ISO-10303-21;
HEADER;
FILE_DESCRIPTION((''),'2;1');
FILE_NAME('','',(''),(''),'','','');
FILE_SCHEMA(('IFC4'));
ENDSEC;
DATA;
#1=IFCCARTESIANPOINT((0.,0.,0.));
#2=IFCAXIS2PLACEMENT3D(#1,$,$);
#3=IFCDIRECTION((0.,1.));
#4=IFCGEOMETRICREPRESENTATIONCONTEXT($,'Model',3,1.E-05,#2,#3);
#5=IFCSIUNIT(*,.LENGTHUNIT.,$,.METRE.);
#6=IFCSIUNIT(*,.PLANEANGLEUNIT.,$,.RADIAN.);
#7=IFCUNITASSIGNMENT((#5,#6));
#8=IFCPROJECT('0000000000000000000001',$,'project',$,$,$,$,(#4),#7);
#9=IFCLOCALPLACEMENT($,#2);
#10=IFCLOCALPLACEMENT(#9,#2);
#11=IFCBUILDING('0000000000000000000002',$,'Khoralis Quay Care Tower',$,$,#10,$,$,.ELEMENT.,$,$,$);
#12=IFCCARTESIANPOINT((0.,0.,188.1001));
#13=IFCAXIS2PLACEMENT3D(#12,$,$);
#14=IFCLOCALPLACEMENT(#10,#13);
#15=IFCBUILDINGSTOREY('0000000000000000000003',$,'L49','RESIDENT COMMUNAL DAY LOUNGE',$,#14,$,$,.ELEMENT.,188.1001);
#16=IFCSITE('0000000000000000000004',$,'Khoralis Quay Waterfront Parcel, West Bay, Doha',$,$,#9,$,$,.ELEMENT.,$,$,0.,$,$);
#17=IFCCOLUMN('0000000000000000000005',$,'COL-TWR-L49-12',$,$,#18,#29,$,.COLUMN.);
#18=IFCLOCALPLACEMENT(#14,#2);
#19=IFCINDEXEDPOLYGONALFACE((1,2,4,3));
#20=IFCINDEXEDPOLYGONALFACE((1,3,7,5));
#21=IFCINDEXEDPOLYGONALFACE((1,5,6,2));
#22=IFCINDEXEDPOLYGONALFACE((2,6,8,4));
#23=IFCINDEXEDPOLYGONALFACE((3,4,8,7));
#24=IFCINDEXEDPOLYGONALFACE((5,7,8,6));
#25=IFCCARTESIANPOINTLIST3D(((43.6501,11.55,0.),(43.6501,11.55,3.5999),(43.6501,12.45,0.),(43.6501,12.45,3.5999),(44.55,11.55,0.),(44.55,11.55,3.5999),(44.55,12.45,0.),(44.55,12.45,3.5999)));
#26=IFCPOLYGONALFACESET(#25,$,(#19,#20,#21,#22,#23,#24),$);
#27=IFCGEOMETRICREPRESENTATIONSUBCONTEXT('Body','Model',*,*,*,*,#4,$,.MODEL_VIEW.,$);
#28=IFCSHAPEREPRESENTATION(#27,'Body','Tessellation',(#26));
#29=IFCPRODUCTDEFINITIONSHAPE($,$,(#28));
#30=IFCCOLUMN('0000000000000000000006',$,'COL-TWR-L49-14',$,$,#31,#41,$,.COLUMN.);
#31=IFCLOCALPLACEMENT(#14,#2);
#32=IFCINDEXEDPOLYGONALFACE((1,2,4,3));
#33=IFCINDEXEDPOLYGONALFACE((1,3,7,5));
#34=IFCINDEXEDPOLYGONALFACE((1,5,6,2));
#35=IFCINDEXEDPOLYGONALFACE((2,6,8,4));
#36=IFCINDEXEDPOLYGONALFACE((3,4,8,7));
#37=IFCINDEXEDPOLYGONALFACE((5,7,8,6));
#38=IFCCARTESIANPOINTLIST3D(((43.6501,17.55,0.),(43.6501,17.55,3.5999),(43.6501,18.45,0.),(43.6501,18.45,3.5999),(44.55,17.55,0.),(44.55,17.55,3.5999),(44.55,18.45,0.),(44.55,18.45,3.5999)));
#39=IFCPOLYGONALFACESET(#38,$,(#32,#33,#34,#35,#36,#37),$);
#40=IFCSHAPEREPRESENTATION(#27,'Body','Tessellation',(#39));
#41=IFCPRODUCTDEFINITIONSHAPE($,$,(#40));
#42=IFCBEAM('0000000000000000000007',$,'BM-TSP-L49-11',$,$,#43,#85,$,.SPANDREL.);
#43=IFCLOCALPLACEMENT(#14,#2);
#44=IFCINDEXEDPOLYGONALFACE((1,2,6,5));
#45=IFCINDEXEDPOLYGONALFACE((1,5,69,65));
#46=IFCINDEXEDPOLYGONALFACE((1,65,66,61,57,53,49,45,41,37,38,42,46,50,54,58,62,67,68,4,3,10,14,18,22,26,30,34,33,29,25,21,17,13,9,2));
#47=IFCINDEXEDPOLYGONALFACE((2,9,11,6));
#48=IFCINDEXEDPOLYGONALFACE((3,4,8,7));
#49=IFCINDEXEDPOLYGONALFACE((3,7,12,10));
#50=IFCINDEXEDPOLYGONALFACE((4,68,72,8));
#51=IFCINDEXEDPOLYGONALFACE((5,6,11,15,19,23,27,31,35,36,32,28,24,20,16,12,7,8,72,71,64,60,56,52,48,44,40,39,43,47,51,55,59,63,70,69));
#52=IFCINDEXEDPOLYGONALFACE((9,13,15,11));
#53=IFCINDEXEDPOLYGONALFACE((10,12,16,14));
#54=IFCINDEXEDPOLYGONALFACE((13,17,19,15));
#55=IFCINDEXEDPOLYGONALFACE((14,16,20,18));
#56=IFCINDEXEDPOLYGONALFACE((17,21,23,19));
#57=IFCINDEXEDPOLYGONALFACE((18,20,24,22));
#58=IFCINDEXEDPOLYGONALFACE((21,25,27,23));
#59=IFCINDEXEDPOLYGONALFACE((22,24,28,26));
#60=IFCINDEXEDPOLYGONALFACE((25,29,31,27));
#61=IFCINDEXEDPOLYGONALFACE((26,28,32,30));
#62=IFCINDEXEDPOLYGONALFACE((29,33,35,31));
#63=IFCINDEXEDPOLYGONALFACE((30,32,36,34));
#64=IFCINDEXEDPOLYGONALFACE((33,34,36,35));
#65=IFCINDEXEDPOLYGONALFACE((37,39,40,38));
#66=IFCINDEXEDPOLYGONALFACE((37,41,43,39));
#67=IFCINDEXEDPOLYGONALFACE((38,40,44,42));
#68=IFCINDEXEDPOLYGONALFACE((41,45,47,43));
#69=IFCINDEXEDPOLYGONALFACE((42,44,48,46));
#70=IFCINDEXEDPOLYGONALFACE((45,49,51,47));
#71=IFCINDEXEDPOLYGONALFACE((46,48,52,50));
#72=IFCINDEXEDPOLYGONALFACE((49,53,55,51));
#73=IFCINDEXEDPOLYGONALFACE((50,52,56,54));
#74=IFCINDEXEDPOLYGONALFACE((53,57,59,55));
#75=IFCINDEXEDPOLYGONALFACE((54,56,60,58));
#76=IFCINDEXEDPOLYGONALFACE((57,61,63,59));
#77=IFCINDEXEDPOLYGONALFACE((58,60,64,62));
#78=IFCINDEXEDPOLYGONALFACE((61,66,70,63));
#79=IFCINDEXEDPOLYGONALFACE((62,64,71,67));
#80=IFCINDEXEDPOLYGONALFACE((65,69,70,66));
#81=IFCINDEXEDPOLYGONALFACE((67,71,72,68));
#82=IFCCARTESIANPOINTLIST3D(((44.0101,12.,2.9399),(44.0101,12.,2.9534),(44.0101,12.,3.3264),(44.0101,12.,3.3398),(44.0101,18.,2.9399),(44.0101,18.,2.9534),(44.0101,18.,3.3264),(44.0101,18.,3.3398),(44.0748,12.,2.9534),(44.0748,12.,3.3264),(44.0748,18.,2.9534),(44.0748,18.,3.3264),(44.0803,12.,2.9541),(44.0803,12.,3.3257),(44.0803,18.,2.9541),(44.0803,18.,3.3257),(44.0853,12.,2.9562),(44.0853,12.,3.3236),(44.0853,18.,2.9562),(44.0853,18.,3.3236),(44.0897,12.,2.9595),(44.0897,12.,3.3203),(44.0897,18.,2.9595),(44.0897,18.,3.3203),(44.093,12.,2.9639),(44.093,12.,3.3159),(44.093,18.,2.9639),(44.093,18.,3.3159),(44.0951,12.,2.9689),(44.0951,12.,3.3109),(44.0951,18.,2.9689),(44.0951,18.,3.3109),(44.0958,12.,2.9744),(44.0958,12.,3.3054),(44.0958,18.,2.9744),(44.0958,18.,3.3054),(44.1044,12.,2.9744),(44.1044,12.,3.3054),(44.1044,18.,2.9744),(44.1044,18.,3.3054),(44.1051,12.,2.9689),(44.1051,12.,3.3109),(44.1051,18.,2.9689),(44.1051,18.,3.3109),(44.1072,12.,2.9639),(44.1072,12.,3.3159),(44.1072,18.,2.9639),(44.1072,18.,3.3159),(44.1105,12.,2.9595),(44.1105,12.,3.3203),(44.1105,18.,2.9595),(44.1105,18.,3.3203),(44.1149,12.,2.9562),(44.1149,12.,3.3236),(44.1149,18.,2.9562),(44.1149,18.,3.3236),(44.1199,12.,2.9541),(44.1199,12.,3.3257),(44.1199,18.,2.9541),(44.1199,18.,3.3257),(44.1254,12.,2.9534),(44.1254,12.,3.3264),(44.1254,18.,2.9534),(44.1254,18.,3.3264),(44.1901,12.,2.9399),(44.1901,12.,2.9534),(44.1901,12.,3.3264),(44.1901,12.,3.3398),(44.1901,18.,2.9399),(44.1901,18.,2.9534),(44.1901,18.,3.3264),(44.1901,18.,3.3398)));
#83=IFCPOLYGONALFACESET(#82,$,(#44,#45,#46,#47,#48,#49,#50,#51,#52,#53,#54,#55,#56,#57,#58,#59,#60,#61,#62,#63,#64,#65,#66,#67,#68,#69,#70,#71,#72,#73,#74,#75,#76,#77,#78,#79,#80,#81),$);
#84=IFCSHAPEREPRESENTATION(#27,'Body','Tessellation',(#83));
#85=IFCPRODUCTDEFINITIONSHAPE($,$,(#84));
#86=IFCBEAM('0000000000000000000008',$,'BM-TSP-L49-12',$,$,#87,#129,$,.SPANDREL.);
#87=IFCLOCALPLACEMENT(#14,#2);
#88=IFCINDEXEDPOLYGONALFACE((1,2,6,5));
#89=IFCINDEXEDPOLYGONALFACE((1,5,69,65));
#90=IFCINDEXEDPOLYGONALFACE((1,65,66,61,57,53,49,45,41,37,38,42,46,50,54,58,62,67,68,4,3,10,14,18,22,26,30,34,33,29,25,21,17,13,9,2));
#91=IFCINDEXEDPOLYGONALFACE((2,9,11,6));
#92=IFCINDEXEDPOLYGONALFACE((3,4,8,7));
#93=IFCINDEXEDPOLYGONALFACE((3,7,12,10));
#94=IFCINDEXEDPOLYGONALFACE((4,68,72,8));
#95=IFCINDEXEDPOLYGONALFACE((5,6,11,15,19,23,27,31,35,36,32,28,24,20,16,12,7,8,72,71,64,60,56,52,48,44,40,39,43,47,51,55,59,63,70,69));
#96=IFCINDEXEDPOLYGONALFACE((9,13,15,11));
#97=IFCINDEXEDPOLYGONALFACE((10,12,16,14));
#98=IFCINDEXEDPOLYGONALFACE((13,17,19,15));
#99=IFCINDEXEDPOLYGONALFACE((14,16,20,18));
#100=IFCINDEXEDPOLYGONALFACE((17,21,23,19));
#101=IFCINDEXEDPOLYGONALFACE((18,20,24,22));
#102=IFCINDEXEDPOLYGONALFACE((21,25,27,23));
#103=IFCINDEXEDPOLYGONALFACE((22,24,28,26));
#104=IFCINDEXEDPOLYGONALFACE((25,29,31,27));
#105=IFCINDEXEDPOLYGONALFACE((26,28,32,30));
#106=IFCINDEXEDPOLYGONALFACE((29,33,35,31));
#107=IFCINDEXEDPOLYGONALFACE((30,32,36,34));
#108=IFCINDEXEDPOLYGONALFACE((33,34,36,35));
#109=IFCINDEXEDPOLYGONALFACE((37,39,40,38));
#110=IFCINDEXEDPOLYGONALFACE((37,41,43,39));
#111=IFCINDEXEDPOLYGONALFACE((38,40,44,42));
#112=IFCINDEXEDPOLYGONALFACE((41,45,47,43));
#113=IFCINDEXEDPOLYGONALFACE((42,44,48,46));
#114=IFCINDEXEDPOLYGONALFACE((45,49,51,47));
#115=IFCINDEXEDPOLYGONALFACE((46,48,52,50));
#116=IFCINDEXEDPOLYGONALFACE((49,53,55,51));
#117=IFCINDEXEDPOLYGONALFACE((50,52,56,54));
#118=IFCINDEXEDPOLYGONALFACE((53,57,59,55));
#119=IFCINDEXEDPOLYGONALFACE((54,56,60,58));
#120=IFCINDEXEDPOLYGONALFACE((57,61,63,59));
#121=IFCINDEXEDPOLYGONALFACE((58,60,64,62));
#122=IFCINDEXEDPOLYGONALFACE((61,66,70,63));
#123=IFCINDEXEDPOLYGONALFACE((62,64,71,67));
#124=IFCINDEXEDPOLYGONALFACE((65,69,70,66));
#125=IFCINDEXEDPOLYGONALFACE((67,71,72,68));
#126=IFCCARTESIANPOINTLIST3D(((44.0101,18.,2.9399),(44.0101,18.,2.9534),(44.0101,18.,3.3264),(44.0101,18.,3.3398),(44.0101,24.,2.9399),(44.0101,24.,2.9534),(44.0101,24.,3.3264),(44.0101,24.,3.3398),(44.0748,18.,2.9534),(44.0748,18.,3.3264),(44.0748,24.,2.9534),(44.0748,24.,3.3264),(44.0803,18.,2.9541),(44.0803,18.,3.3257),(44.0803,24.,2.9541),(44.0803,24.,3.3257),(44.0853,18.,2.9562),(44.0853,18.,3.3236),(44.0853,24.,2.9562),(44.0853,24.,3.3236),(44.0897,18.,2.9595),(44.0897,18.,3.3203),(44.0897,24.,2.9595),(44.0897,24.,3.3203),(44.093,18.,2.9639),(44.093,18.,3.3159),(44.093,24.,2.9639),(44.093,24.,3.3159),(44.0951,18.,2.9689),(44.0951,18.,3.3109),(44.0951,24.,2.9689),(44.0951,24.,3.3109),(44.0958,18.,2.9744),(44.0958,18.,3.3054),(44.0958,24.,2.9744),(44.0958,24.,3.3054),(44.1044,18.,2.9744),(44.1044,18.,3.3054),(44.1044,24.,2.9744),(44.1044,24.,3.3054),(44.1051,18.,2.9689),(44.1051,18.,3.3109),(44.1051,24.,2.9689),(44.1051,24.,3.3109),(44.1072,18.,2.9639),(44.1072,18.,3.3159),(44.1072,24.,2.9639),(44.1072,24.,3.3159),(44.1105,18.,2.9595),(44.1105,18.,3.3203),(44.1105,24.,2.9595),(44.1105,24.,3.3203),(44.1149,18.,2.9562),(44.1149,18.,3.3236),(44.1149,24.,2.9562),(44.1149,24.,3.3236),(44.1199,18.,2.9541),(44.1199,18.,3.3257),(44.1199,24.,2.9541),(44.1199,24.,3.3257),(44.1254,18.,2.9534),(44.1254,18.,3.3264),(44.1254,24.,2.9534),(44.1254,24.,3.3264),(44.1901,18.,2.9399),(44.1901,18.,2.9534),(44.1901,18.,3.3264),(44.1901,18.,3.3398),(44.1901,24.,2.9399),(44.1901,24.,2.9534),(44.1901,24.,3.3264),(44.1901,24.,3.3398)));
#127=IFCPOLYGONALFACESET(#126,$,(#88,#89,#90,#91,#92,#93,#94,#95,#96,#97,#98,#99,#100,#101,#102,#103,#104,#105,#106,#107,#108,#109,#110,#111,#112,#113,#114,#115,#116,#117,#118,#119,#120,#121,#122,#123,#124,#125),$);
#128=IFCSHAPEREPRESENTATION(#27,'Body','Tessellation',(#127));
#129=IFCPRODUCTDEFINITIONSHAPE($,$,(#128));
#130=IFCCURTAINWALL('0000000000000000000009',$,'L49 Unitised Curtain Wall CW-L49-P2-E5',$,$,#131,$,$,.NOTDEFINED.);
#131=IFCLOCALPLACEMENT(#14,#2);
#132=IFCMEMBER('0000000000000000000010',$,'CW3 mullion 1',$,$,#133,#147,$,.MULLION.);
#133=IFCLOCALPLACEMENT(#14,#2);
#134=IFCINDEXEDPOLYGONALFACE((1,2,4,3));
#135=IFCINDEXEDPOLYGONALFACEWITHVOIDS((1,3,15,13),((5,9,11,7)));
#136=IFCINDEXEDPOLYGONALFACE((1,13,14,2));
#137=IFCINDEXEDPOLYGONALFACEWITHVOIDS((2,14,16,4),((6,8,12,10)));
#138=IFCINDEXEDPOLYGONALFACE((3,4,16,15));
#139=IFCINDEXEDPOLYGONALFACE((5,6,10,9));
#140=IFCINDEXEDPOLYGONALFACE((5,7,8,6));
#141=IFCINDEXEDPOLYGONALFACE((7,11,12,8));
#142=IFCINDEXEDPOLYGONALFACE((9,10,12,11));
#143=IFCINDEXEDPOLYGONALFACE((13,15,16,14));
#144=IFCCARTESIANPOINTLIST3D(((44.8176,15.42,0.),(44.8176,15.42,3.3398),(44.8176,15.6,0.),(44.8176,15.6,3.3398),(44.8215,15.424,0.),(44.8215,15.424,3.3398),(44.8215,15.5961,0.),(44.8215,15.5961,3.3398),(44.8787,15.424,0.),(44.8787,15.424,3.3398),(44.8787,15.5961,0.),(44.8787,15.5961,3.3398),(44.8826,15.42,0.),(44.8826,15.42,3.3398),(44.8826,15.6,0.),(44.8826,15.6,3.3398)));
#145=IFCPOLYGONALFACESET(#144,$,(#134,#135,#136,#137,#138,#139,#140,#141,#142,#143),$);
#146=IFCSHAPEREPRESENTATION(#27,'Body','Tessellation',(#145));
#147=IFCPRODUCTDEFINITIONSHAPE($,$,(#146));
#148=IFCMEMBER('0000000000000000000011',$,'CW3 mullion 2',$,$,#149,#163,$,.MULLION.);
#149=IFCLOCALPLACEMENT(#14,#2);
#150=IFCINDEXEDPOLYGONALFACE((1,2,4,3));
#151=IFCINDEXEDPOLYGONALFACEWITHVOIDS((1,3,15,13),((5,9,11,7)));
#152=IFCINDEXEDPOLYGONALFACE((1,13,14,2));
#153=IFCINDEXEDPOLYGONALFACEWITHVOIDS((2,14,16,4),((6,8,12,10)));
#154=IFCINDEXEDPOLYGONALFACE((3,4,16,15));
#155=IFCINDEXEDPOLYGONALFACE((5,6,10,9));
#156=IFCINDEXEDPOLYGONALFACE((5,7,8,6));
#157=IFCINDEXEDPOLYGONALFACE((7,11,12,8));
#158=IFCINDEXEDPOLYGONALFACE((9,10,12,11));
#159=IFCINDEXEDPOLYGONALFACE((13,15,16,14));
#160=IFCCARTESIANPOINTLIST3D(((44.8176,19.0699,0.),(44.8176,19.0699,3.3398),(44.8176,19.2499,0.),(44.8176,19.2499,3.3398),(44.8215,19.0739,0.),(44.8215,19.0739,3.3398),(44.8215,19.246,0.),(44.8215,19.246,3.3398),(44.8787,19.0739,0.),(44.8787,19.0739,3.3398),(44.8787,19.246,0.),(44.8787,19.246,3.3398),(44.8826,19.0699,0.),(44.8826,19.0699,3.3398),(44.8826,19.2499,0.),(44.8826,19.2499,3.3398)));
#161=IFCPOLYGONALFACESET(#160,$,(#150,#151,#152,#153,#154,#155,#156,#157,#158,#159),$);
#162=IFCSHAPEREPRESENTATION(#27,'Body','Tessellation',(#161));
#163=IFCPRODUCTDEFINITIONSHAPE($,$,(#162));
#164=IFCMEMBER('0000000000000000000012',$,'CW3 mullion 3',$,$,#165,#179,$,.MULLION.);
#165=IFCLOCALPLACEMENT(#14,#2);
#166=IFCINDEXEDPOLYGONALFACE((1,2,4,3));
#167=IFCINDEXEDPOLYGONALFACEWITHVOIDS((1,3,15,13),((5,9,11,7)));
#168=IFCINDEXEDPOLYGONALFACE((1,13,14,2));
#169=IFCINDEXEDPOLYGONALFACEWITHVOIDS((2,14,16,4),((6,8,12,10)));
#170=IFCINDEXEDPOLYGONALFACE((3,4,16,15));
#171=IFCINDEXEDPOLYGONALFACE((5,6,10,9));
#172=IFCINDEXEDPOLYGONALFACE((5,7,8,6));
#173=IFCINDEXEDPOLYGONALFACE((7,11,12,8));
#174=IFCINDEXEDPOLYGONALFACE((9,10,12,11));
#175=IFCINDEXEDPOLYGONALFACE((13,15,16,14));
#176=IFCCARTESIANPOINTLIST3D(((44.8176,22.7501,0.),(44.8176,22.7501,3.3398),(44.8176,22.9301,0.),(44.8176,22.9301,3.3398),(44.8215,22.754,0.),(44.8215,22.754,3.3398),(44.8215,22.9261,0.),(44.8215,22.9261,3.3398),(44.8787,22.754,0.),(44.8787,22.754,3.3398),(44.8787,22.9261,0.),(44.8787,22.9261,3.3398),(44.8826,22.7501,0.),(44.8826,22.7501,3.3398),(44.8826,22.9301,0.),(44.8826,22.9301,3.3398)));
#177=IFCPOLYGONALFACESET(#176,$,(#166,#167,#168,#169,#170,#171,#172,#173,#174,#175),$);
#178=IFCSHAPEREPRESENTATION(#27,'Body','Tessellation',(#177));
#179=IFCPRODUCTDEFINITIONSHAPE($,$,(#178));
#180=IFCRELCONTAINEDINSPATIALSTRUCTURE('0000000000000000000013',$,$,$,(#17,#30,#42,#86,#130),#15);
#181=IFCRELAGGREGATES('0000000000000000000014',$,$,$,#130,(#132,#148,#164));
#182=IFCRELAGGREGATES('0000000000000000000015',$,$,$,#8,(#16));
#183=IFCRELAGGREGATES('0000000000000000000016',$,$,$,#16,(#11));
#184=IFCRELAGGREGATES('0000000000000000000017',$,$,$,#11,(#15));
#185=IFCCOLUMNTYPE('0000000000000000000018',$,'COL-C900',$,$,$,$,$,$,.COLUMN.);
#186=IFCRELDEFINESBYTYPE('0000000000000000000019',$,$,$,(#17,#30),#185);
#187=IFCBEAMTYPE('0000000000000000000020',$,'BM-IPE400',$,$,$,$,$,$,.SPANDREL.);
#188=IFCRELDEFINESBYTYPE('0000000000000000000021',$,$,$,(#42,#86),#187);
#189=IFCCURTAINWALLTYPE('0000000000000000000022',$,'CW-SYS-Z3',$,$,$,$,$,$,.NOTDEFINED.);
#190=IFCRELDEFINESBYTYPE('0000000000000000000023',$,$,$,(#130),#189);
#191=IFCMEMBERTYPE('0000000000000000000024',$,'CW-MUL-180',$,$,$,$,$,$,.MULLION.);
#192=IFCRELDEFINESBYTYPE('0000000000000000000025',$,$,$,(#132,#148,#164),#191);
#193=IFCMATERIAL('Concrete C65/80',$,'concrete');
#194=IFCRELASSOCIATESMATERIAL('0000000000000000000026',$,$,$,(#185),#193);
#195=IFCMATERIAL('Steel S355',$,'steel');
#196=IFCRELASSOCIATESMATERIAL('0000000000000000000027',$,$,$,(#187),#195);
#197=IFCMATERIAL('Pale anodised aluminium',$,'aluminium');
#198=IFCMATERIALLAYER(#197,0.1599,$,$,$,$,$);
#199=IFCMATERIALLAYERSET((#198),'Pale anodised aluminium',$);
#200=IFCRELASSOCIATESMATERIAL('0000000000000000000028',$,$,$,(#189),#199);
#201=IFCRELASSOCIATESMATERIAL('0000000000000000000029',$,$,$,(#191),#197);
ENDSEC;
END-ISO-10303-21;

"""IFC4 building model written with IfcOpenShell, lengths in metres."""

from ifc_helpers import new_model, si_unit, direction, frame, origin, origin_2d, place, context, subcontext, project, spatial, rectangle, hollow_rectangle, i_section, extrude, source, transform, mapped, material, layer, layer_set, material_profile, profile_set, type_object, element, aggregate, save


model = new_model("IFC4")

# Units and contexts
model_context = context("Model", 3, precision=1e-05, world=origin(), true_north=direction((0.0, 1.0)))
body_context = subcontext(model_context, "Body", "Model", "MODEL_VIEW")
ifc_project = project(units=[si_unit("LENGTHUNIT", "METRE"), si_unit("PLANEANGLEUNIT", "RADIAN")], contexts=[model_context])

# Site, building, storey
site_placement = place(None, origin())
site = spatial("IfcSite", under=ifc_project, at=site_placement, Name="Khoralis Quay Waterfront Parcel, West Bay, Doha", CompositionType="ELEMENT", RefElevation=0.0)
building_placement = place(site_placement, origin())
building = spatial("IfcBuilding", under=site, at=building_placement, Name="Khoralis Quay Care Tower", CompositionType="ELEMENT")
storey_placement = place(building_placement, frame((0.0, 0.0, 188.1001)))
storey = spatial("IfcBuildingStorey", under=building, at=storey_placement, Name="L49", Description="RESIDENT COMMUNAL DAY LOUNGE", CompositionType="ELEMENT", Elevation=188.1001)

# Columns
ifc_material_1 = material(Name="Concrete C65/80", Category="concrete")
ifc_material_profile_1 = material_profile(ifc_material_1, rectangle(XDim=0.8999, YDim=0.8999, at=origin_2d()), Name="Concrete C65/80")
ifc_profile_set_1 = profile_set([ifc_material_profile_1], Name="Concrete C65/80")
column_type = type_object("IfcColumnType", Name="COL-C900", PredefinedType="COLUMN", material=ifc_profile_set_1)
shared_shape_1 = source(origin(), body_context, "Body", "SweptSolid", [
    extrude(rectangle(XDim=0.8999, YDim=0.8999, at=origin_2d()), origin(), (0.0, 0.0, 1.0), 3.5999),
])
for number, where, z_axis, x_axis, name in (
    (1, (44.1001, 12.0, 0.0), (0.0, 0.0, 1.0), (1.0, 0.0, 0.0), "COL-TWR-L49-12"),
    (2, (44.1001, 18.0, 0.0), (0.0, 0.0, 1.0), (1.0, 0.0, 0.0), "COL-TWR-L49-14"),
):
    element("IfcColumn", number, at=place(storey_placement, frame(where, z_axis=z_axis, x_axis=x_axis)), inside=storey, type_object=column_type, Name=name, PredefinedType="COLUMN", context=body_context, shape_type="MappedRepresentation", body=[
        mapped(shared_shape_1, transform((0.0, 0.0, 0.0), scale=1.0)),
    ])

# Beams
ifc_material_2 = material(Name="Steel S355", Category="steel")
ifc_material_profile_2 = material_profile(ifc_material_2, i_section(OverallWidth=0.1799, OverallDepth=0.3999, WebThickness=0.0085, FlangeThickness=0.0134, FilletRadius=0.021, at=origin_2d()), Name="Steel S355")
ifc_profile_set_2 = profile_set([ifc_material_profile_2], Name="Steel S355")
beam_type = type_object("IfcBeamType", Name="BM-IPE400", PredefinedType="SPANDREL", material=ifc_profile_set_2)
shared_shape_2 = source(origin(), body_context, "Body", "SweptSolid", [
    extrude(i_section(OverallWidth=0.1799, OverallDepth=0.3999, WebThickness=0.0085, FlangeThickness=0.0134, FilletRadius=0.021, at=origin_2d()), origin(), (0.0, 0.0, 1.0), 6.0),
])
for number, where, z_axis, x_axis, name in (
    (3, (44.1001, 12.0, 3.1399), (0.0, 1.0, 0.0), (-1.0, 0.0, 0.0), "BM-TSP-L49-11"),
    (4, (44.1001, 18.0, 3.1399), (0.0, 1.0, 0.0), (-1.0, 0.0, 0.0), "BM-TSP-L49-12"),
):
    element("IfcBeam", number, at=place(storey_placement, frame(where, z_axis=z_axis, x_axis=x_axis)), inside=storey, type_object=beam_type, Name=name, PredefinedType="SPANDREL", context=body_context, shape_type="MappedRepresentation", body=[
        mapped(shared_shape_2, transform((0.0, 0.0, 0.0), scale=1.0)),
    ])

# Curtain wall, members
ifc_material_3 = material(Name="Pale anodised aluminium", Category="aluminium")
ifc_layer_1 = layer(ifc_material_3, 0.1599)
ifc_layer_set_1 = layer_set([ifc_layer_1], Name="Pale anodised aluminium")
curtain_wall_type = type_object("IfcCurtainWallType", Name="CW-SYS-Z3", PredefinedType="NOTDEFINED", material=ifc_layer_set_1)
curtain_wall_placement = place(storey_placement, origin())
curtain_wall = element("IfcCurtainWall", 5, at=curtain_wall_placement, inside=storey, type_object=curtain_wall_type, Name="L49 Unitised Curtain Wall CW-L49-P2-E5", PredefinedType="NOTDEFINED")
ifc_material_profile_3 = material_profile(ifc_material_3, hollow_rectangle(XDim=0.0649, YDim=0.1799, WallThickness=0.0039, at=origin_2d()), Name="Pale anodised aluminium")
ifc_profile_set_3 = profile_set([ifc_material_profile_3], Name="Pale anodised aluminium")
member_type_1 = type_object("IfcMemberType", Name="CW-MUL-180", PredefinedType="MULLION", material=ifc_profile_set_3)
shared_shape_3 = source(origin(), body_context, "Body", "SweptSolid", [
    extrude(hollow_rectangle(XDim=0.0649, YDim=0.1799, WallThickness=0.0039, at=origin_2d()), origin(), (0.0, 0.0, 1.0), 3.3398),
])
member_1_placement = place(storey_placement, frame((44.8501, 15.51, 0.0), z_axis=(0.0, 0.0, 1.0), x_axis=(-1.0, 0.0, 0.0)))
member_1 = element("IfcMember", 6, at=member_1_placement, type_object=member_type_1, Name="CW3 mullion 1", PredefinedType="MULLION", context=body_context, shape_type="MappedRepresentation", body=[
    mapped(shared_shape_3, transform((0.0, 0.0, 0.0), scale=1.0)),
])
member_2_placement = place(storey_placement, frame((44.8501, 19.1599, 0.0), z_axis=(0.0, 0.0, 1.0), x_axis=(-1.0, 0.0, 0.0)))
member_2 = element("IfcMember", 7, at=member_2_placement, type_object=member_type_1, Name="CW3 mullion 2", PredefinedType="MULLION", context=body_context, shape_type="MappedRepresentation", body=[
    mapped(shared_shape_3, transform((0.0, 0.0, 0.0), scale=1.0)),
])
member_3_placement = place(storey_placement, frame((44.8501, 22.8401, 0.0), z_axis=(0.0, 0.0, 1.0), x_axis=(-1.0, 0.0, 0.0)))
member_3 = element("IfcMember", 8, at=member_3_placement, type_object=member_type_1, Name="CW3 mullion 3", PredefinedType="MULLION", context=body_context, shape_type="MappedRepresentation", body=[
    mapped(shared_shape_3, transform((0.0, 0.0, 0.0), scale=1.0)),
])
aggregate(curtain_wall, [member_1, member_2, member_3])

save(model, "model.ifc")
